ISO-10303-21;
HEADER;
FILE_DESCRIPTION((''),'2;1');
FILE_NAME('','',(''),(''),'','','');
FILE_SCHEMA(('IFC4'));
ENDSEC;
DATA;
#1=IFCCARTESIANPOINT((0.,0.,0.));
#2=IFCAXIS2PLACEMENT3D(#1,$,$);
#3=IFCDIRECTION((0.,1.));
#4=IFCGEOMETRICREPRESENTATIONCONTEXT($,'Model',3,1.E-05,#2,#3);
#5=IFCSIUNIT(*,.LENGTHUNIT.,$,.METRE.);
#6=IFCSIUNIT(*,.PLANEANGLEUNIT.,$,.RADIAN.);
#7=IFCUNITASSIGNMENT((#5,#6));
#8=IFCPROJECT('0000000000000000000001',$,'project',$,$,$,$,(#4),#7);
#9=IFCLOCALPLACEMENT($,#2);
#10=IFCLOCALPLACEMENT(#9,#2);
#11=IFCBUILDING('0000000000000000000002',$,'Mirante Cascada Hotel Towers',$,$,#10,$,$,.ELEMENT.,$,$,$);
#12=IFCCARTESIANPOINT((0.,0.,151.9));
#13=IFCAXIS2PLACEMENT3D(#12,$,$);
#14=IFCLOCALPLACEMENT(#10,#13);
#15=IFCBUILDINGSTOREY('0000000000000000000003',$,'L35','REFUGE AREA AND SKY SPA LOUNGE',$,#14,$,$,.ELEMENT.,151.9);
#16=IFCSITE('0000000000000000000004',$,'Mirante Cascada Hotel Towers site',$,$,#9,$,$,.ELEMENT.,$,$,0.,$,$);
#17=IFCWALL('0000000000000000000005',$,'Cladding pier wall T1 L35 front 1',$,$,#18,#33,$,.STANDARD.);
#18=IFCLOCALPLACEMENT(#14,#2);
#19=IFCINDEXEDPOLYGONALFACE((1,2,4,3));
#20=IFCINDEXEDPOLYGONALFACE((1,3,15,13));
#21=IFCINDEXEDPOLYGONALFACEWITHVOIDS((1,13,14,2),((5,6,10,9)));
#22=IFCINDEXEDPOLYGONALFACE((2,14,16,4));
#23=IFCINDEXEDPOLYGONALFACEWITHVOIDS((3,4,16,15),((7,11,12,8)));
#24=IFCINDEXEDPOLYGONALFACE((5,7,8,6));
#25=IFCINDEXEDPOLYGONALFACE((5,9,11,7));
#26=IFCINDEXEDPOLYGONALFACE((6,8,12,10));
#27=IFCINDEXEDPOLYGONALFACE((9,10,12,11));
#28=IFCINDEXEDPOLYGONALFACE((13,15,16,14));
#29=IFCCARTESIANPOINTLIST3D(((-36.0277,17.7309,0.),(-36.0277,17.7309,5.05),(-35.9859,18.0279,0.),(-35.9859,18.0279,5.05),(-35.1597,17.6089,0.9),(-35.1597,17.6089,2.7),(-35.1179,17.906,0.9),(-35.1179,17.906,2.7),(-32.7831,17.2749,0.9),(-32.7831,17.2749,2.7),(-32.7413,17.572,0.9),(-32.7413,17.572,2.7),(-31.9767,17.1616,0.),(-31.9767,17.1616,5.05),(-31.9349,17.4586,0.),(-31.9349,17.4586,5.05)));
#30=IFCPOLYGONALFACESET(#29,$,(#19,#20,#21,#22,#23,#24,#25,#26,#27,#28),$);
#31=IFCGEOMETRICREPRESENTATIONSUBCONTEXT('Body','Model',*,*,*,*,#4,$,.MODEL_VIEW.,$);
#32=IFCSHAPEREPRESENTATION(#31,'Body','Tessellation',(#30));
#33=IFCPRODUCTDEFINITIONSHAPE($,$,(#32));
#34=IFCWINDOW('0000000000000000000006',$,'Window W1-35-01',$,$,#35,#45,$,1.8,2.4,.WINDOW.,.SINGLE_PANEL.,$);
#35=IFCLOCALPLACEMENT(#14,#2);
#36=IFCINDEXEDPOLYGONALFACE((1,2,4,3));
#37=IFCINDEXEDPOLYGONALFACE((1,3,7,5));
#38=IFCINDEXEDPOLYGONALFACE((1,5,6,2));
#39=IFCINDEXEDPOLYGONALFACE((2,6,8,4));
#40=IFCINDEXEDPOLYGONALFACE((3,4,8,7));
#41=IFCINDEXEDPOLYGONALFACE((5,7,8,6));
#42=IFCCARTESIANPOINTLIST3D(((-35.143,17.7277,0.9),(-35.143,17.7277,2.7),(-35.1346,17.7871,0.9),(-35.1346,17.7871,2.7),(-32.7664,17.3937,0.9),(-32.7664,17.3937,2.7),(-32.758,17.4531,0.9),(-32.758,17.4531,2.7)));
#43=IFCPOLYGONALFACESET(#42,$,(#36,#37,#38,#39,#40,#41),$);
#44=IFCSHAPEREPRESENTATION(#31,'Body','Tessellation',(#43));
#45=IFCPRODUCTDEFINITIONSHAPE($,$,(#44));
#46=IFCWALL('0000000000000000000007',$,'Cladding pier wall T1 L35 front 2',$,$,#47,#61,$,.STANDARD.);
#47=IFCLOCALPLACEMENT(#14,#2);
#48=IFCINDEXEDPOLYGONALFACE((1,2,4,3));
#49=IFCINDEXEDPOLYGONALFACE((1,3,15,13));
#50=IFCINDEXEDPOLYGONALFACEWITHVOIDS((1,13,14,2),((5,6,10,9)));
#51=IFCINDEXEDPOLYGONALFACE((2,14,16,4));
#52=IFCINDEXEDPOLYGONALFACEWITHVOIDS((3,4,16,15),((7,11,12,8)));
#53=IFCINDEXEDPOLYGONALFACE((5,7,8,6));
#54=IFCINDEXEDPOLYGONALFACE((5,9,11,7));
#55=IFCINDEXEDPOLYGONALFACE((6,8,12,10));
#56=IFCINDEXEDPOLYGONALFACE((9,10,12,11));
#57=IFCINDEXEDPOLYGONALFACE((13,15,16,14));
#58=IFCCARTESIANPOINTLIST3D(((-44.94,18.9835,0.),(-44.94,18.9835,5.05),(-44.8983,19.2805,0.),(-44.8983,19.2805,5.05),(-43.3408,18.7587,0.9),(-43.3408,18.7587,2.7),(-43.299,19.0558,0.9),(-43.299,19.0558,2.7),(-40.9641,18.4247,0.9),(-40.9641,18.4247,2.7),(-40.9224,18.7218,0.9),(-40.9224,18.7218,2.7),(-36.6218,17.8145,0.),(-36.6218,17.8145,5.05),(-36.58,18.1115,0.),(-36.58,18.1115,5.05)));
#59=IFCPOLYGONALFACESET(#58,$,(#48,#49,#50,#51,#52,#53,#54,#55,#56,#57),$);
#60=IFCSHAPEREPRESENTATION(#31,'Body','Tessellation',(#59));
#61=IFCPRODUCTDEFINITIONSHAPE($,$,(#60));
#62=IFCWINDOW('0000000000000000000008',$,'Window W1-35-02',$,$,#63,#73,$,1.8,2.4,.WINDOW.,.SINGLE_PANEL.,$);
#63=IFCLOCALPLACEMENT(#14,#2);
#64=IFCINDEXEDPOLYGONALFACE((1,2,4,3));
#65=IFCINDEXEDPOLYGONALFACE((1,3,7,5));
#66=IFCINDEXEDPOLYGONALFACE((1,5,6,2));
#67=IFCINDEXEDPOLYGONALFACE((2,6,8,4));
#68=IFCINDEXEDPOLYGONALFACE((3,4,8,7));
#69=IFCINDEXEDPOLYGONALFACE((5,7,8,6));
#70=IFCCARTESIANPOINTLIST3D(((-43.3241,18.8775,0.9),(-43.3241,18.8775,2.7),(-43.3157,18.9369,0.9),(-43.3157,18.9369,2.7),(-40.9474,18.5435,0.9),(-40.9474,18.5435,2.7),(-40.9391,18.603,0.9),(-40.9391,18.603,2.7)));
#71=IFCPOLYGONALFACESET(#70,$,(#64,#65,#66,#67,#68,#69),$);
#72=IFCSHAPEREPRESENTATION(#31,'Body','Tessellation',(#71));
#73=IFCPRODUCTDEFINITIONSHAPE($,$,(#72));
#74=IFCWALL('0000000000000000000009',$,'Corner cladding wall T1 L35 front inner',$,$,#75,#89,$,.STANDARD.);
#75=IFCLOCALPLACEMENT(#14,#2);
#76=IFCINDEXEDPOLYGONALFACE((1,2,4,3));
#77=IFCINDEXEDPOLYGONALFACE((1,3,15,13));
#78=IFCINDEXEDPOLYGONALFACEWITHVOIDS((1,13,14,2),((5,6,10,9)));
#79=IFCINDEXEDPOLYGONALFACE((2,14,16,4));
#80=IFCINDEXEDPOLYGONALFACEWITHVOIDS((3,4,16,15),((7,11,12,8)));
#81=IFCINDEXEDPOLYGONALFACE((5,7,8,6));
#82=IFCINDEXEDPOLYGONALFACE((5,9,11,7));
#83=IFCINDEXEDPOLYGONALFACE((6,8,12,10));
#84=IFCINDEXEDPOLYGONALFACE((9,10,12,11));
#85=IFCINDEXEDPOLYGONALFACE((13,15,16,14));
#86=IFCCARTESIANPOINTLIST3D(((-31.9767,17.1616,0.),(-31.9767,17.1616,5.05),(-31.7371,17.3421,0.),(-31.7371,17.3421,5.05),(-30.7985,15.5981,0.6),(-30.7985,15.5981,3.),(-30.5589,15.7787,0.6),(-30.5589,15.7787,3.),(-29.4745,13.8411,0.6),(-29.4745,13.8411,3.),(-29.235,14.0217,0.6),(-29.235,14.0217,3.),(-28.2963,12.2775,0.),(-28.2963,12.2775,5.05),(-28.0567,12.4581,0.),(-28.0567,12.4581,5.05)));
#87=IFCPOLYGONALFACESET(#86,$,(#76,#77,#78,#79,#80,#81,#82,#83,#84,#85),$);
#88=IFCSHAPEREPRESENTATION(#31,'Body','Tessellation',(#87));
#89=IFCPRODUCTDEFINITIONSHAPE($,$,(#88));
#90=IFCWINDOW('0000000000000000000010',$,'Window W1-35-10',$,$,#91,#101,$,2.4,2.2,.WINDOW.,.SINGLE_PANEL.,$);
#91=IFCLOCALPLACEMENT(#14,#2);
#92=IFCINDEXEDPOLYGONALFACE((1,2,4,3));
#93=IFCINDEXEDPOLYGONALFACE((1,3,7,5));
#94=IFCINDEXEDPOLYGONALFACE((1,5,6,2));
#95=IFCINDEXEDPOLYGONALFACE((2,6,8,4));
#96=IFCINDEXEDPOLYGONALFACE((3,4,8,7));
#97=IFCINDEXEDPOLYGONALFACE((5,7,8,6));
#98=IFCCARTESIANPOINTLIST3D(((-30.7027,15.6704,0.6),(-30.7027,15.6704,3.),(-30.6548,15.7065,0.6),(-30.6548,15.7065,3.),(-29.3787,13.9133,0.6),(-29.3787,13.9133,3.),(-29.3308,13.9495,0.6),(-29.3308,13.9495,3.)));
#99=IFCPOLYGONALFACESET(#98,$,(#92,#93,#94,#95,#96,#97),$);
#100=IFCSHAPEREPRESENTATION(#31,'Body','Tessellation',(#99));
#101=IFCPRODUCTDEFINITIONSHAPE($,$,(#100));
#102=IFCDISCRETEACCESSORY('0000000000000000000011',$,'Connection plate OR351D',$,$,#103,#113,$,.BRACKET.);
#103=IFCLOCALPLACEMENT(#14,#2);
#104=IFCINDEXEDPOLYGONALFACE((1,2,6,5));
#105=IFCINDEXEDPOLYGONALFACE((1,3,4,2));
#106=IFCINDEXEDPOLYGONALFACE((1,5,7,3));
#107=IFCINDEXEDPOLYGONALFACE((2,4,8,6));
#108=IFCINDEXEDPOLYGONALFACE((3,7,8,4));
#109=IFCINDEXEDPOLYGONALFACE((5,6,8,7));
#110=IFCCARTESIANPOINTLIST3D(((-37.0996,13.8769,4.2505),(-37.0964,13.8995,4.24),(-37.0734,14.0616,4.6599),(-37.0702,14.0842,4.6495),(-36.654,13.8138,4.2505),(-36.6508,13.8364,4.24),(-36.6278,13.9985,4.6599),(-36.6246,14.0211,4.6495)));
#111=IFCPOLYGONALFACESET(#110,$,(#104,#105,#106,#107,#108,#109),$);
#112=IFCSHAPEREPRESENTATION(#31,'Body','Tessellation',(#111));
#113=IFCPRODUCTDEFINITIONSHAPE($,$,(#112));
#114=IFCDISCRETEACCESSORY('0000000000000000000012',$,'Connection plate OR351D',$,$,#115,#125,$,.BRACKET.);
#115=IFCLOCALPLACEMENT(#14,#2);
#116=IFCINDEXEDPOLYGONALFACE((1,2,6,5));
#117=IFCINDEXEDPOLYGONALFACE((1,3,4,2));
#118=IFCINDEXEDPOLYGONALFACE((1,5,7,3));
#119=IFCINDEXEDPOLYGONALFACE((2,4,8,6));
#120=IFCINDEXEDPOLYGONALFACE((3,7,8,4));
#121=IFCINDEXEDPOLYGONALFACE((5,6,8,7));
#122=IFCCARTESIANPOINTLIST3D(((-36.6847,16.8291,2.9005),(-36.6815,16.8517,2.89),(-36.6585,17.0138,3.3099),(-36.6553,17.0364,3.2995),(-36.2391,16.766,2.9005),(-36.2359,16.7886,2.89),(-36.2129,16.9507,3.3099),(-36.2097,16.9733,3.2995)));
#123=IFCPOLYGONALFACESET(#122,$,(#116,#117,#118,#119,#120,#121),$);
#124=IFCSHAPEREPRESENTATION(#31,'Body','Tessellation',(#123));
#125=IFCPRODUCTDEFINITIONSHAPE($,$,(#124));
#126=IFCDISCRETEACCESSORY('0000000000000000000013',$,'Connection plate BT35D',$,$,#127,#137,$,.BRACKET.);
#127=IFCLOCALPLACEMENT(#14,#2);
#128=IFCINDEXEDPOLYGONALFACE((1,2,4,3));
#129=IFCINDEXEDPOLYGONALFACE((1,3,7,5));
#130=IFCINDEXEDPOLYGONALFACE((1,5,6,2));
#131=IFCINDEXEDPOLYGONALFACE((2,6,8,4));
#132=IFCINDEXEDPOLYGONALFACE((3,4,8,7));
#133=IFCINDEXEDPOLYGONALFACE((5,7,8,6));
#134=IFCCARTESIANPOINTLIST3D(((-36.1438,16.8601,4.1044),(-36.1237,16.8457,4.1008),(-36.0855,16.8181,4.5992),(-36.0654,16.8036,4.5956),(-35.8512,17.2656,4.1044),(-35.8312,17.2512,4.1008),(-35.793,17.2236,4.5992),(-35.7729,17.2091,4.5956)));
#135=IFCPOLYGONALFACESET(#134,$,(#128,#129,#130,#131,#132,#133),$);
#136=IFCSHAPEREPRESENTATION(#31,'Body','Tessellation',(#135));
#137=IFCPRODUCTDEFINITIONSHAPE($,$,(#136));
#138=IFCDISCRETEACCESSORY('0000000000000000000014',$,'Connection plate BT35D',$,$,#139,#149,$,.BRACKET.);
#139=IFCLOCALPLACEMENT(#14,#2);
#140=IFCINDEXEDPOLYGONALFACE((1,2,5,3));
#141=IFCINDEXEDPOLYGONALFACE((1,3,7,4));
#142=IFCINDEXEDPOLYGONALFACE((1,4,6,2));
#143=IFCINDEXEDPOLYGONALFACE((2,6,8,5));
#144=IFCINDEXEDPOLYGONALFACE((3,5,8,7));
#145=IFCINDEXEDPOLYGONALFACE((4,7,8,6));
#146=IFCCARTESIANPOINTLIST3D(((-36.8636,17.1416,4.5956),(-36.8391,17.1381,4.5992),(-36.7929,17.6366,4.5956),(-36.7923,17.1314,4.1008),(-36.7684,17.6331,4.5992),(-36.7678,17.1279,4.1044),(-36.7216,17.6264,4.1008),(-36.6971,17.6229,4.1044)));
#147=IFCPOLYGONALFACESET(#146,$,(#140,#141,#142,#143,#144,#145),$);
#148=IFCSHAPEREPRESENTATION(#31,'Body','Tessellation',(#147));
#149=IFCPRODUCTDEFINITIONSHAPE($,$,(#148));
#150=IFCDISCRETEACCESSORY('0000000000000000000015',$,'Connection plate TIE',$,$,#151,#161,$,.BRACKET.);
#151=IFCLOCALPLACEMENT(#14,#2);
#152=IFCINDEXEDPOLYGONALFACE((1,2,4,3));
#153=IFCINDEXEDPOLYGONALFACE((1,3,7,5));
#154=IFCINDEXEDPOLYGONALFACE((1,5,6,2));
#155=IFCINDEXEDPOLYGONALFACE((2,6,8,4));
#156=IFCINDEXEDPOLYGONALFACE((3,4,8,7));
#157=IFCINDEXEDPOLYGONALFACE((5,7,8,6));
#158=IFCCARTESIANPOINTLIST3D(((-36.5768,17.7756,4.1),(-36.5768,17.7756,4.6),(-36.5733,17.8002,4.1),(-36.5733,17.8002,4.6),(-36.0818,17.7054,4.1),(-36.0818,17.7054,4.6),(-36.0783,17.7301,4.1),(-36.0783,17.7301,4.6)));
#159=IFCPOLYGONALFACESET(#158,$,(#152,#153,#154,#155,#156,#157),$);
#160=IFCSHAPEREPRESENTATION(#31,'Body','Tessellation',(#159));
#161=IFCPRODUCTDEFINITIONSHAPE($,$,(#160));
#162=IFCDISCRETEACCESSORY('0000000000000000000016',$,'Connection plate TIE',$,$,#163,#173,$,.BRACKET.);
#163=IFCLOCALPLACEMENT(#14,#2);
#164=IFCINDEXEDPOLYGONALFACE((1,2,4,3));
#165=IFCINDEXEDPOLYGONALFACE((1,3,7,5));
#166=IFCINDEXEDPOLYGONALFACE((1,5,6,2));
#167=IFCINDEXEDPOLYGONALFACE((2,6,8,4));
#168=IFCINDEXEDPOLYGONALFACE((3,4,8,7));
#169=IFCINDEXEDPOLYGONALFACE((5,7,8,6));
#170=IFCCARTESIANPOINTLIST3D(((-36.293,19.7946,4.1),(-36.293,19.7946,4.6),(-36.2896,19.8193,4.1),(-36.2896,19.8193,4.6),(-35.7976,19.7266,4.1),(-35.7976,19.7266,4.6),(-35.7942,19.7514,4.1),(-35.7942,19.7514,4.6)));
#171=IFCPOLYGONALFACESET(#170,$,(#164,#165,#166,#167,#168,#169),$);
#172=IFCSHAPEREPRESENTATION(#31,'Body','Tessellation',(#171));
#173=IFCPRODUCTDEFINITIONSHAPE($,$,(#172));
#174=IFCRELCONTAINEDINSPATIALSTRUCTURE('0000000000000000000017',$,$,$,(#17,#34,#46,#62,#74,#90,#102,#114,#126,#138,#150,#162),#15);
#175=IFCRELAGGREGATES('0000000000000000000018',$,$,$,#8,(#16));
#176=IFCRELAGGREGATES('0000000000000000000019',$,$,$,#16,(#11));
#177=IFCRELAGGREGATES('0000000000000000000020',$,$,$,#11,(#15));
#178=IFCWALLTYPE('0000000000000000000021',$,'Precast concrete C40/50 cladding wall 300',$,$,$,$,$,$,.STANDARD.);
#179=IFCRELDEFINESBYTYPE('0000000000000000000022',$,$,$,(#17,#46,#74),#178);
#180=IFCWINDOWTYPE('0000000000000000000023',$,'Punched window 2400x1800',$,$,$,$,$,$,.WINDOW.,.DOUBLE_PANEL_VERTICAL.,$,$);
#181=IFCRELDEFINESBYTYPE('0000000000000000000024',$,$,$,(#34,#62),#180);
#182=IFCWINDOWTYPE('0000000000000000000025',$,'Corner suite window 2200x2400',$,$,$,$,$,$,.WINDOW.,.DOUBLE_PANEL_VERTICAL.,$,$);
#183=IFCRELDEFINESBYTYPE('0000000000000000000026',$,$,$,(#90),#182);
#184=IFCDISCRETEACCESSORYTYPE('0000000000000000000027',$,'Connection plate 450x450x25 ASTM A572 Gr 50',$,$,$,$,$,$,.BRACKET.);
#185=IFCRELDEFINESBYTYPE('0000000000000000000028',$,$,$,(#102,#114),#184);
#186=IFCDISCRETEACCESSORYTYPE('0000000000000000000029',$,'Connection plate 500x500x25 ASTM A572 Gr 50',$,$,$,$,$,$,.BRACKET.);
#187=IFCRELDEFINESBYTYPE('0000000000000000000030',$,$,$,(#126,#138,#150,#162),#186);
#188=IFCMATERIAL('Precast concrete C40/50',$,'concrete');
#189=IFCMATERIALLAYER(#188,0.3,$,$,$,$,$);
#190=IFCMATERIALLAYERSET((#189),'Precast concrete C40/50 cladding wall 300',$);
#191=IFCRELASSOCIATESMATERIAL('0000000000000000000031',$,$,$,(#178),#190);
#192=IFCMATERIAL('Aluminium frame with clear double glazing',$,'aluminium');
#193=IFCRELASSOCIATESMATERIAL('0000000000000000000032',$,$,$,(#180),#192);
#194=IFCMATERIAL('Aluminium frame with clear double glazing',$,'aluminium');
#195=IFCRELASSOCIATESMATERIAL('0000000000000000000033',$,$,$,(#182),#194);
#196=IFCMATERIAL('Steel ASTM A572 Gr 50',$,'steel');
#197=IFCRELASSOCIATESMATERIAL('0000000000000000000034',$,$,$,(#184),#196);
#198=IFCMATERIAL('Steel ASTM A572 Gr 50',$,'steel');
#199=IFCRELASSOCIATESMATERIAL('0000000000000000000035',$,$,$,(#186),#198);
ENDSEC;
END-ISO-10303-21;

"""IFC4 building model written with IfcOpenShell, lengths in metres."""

from ifc_helpers import new_model, si_unit, direction, frame, frame_2d, origin, origin_2d, place, context, subcontext, project, spatial, rectangle, extrude, material, layer, layer_set, material_profile, profile_set, type_object, element, fill, save


model = new_model("IFC4")

# Units and contexts
model_context = context("Model", 3, precision=1e-05, world=origin(), true_north=direction((0.0, 1.0)))
body_context = subcontext(model_context, "Body", "Model", "MODEL_VIEW")
ifc_project = project(units=[si_unit("LENGTHUNIT", "METRE"), si_unit("PLANEANGLEUNIT", "RADIAN")], contexts=[model_context])

# Site, building, storey
site_placement = place(None, origin())
site = spatial("IfcSite", under=ifc_project, at=site_placement, Name="Mirante Cascada Hotel Towers site", CompositionType="ELEMENT", RefElevation=0.0)
building_placement = place(site_placement, origin())
building = spatial("IfcBuilding", under=site, at=building_placement, Name="Mirante Cascada Hotel Towers", CompositionType="ELEMENT")
storey_placement = place(building_placement, frame((0.0, 0.0, 151.9)))
storey = spatial("IfcBuildingStorey", under=building, at=storey_placement, Name="L35", Description="REFUGE AREA AND SKY SPA LOUNGE", CompositionType="ELEMENT", Elevation=151.9)

# Walls, openings, windows
ifc_material_1 = material(Name="Precast concrete C40/50", Category="concrete")
ifc_layer = layer(ifc_material_1, 0.3)
ifc_layer_set = layer_set([ifc_layer], Name="Precast concrete C40/50 cladding wall 300")
wall_type = type_object("IfcWallType", Name="Precast concrete C40/50 cladding wall 300", PredefinedType="STANDARD", material=ifc_layer_set)
wall_1_placement = place(storey_placement, frame((-31.9558, 17.3101, 0.0), z_axis=(0.0, 0.0, 1.0), x_axis=(-0.990269, 0.139166, 0.0)))
wall_1 = element("IfcWall", 1, at=wall_1_placement, inside=storey, type_object=wall_type, Name="Cladding pier wall T1 L35 front 1", PredefinedType="STANDARD", context=body_context, shape_type="SweptSolid", body=[
    extrude(rectangle(XDim=4.0908, YDim=0.3, at=frame_2d((2.0454, 0.0))), origin(), (0.0, 0.0, 1.0), 5.05),
])
opening_1_placement = place(wall_1_placement, frame((0.8143, 0.0, 0.9)))
opening_1 = element("IfcOpeningElement", 2, at=opening_1_placement, cuts=wall_1, PredefinedType="OPENING", context=body_context, shape_type="SweptSolid", body=[
    extrude(rectangle(XDim=2.4, YDim=1.8, at=frame_2d((1.2, 0.9))), frame((0.0, 0.15, 0.0), z_axis=(0.0, -1.0, 0.0), x_axis=(1.0, 0.0, 0.0)), (0.0, 0.0, 1.0), 0.3),
])
ifc_material_2 = material(Name="Aluminium frame with clear double glazing", Category="aluminium")
window_type_1 = type_object("IfcWindowType", Name="Punched window 2400x1800", PartitioningType="DOUBLE_PANEL_VERTICAL", PredefinedType="WINDOW", material=ifc_material_2)
window_1_placement = place(opening_1_placement, origin())
window_1 = element("IfcWindow", 3, at=window_1_placement, inside=storey, type_object=window_type_1, Name="Window W1-35-01", OverallHeight=1.8, OverallWidth=2.4, PartitioningType="SINGLE_PANEL", PredefinedType="WINDOW", context=body_context, shape_type="SweptSolid", body=[
    extrude(rectangle(XDim=2.4, YDim=1.8, at=frame_2d((1.2, 0.9))), frame((0.0, 0.03, 0.0), z_axis=(0.0, -1.0, 0.0), x_axis=(1.0, 0.0, 0.0)), (0.0, 0.0, 1.0), 0.06),
])
fill(opening_1, window_1)
wall_2_placement = place(storey_placement, frame((-36.6009, 17.963, 0.0), z_axis=(0.0, 0.0, 1.0), x_axis=(-0.990269, 0.139166, 0.0)))
wall_2 = element("IfcWall", 4, at=wall_2_placement, inside=storey, type_object=wall_type, Name="Cladding pier wall T1 L35 front 2", PredefinedType="STANDARD", context=body_context, shape_type="SweptSolid", body=[
    extrude(rectangle(XDim=8.4, YDim=0.3, at=frame_2d((4.2, 0.0))), origin(), (0.0, 0.0, 1.0), 5.05),
])
opening_2_placement = place(wall_2_placement, frame((4.385, 0.0, 0.9)))
opening_2 = element("IfcOpeningElement", 5, at=opening_2_placement, cuts=wall_2, PredefinedType="OPENING", context=body_context, shape_type="SweptSolid", body=[
    extrude(rectangle(XDim=2.4, YDim=1.8, at=frame_2d((1.2, 0.9))), frame((0.0, 0.15, 0.0), z_axis=(0.0, -1.0, 0.0), x_axis=(1.0, 0.0, 0.0)), (0.0, 0.0, 1.0), 0.3),
])
window_2_placement = place(opening_2_placement, origin())
window_2 = element("IfcWindow", 6, at=window_2_placement, inside=storey, type_object=window_type_1, Name="Window W1-35-02", OverallHeight=1.8, OverallWidth=2.4, PartitioningType="SINGLE_PANEL", PredefinedType="WINDOW", context=body_context, shape_type="SweptSolid", body=[
    extrude(rectangle(XDim=2.4, YDim=1.8, at=frame_2d((1.2, 0.9))), frame((0.0, 0.03, 0.0), z_axis=(0.0, -1.0, 0.0), x_axis=(1.0, 0.0, 0.0)), (0.0, 0.0, 1.0), 0.06),
])
fill(opening_2, window_2)
wall_3_placement = place(storey_placement, frame((-31.8569, 17.2519, 0.0), z_axis=(0.0, 0.0, 1.0), x_axis=(0.601812, -0.798638, 0.0)))
wall_3 = element("IfcWall", 7, at=wall_3_placement, inside=storey, type_object=wall_type, Name="Corner cladding wall T1 L35 front inner", PredefinedType="STANDARD", context=body_context, shape_type="SweptSolid", body=[
    extrude(rectangle(XDim=6.1155, YDim=0.3, at=frame_2d((3.0578, 0.0))), origin(), (0.0, 0.0, 1.0), 5.05),
])
opening_3_placement = place(wall_3_placement, frame((1.9577, 0.0, 0.6)))
opening_3 = element("IfcOpeningElement", 8, at=opening_3_placement, cuts=wall_3, PredefinedType="OPENING", context=body_context, shape_type="SweptSolid", body=[
    extrude(rectangle(XDim=2.2, YDim=2.4, at=frame_2d((1.1, 1.2))), frame((0.0, 0.15, 0.0), z_axis=(0.0, -1.0, 0.0), x_axis=(1.0, 0.0, 0.0)), (0.0, 0.0, 1.0), 0.3),
])
ifc_material_3 = material(Name="Aluminium frame with clear double glazing", Category="aluminium")
window_type_2 = type_object("IfcWindowType", Name="Corner suite window 2200x2400", PartitioningType="DOUBLE_PANEL_VERTICAL", PredefinedType="WINDOW", material=ifc_material_3)
window_3_placement = place(opening_3_placement, origin())
window_3 = element("IfcWindow", 9, at=window_3_placement, inside=storey, type_object=window_type_2, Name="Window W1-35-10", OverallHeight=2.4, OverallWidth=2.2, PartitioningType="SINGLE_PANEL", PredefinedType="WINDOW", context=body_context, shape_type="SweptSolid", body=[
    extrude(rectangle(XDim=2.2, YDim=2.4, at=frame_2d((1.1, 1.2))), frame((0.0, 0.03, 0.0), z_axis=(0.0, -1.0, 0.0), x_axis=(1.0, 0.0, 0.0)), (0.0, 0.0, 1.0), 0.06),
])
fill(opening_3, window_3)

# Discrete accessories
ifc_material_4 = material(Name="Steel ASTM A572 Gr 50", Category="steel")
ifc_material_profile_1 = material_profile(ifc_material_4, rectangle(XDim=0.45, YDim=0.45, at=origin_2d()), Name="Connection plate 450x450x25 ASTM A572 Gr 50")
ifc_profile_set_1 = profile_set([ifc_material_profile_1], Name="Steel ASTM A572 Gr 50")
discrete_accessory_type_1 = type_object("IfcDiscreteAccessoryType", Name="Connection plate 450x450x25 ASTM A572 Gr 50", PredefinedType="BRACKET", material=ifc_profile_set_1)
for number, where, z_axis, x_axis, name in (
    (10, (-36.8637, 13.9377, 4.4552), (0.127576, 0.901006, -0.414622), (-0.990124, 0.140194, 0.0), "Connection plate OR351D"),
    (11, (-36.4488, 16.8899, 3.1052), (0.127576, 0.901006, -0.414622), (-0.990124, 0.140194, 0.0), "Connection plate OR351D"),
):
    element("IfcDiscreteAccessory", number, at=place(storey_placement, frame(where, z_axis=z_axis, x_axis=x_axis)), inside=storey, type_object=discrete_accessory_type_1, Name=name, PredefinedType="BRACKET", context=body_context, shape_type="SweptSolid", body=[
        extrude(rectangle(XDim=0.45, YDim=0.45, at=origin_2d()), origin(), (0.0, 0.0, 1.0), 0.0251),
    ])
ifc_material_5 = material(Name="Steel ASTM A572 Gr 50", Category="steel")
ifc_material_profile_2 = material_profile(ifc_material_5, rectangle(XDim=0.5, YDim=0.5, at=origin_2d()), Name="Connection plate 500x500x25 ASTM A572 Gr 50")
ifc_profile_set_2 = profile_set([ifc_material_profile_2], Name="Steel ASTM A572 Gr 50")
discrete_accessory_type_2 = type_object("IfcDiscreteAccessoryType", Name="Connection plate 500x500x25 ASTM A572 Gr 50", PredefinedType="BRACKET", material=ifc_profile_set_2)
for number, where, z_axis, x_axis, name in (
    (12, (-35.9483, 17.0274, 4.3482), (-0.802576, 0.578973, 0.143745), (-0.585048, -0.810998, 0.0), "Connection plate BT35D"),
    (13, (-36.7681, 17.3805, 4.3518), (-0.97964, 0.139949, -0.143947), (-0.141421, -0.98995, 0.0), "Connection plate BT35D"),
):
    element("IfcDiscreteAccessory", number, at=place(storey_placement, frame(where, z_axis=z_axis, x_axis=x_axis)), inside=storey, type_object=discrete_accessory_type_2, Name=name, PredefinedType="BRACKET", context=body_context, shape_type="SweptSolid", body=[
        extrude(rectangle(XDim=0.5, YDim=0.5, at=origin_2d()), origin(), (0.0, 0.0, 1.0), 0.025),
    ])
discrete_accessory_1_placement = place(storey_placement, frame((-36.3293, 17.7405, 4.35), z_axis=(0.140299, 0.990109, 0.0), x_axis=(-0.990109, 0.140299, 0.0)))
element("IfcDiscreteAccessory", 14, at=discrete_accessory_1_placement, inside=storey, type_object=discrete_accessory_type_2, Name="Connection plate TIE", PredefinedType="BRACKET", context=body_context, shape_type="SweptSolid", body=[
    extrude(rectangle(XDim=0.5, YDim=0.5, at=origin_2d()), origin(), (0.0, 0.0, 1.0), 0.0249),
])
discrete_accessory_2_placement = place(storey_placement, frame((-36.0453, 19.7606, 4.35), z_axis=(0.135826, 0.990733, 0.0), x_axis=(-0.990733, 0.135826, 0.0)))
element("IfcDiscreteAccessory", 15, at=discrete_accessory_2_placement, inside=storey, type_object=discrete_accessory_type_2, Name="Connection plate TIE", PredefinedType="BRACKET", context=body_context, shape_type="SweptSolid", body=[
    extrude(rectangle(XDim=0.5, YDim=0.5, at=origin_2d()), origin(), (0.0, 0.0, 1.0), 0.025),
])

save(model, "model.ifc")
